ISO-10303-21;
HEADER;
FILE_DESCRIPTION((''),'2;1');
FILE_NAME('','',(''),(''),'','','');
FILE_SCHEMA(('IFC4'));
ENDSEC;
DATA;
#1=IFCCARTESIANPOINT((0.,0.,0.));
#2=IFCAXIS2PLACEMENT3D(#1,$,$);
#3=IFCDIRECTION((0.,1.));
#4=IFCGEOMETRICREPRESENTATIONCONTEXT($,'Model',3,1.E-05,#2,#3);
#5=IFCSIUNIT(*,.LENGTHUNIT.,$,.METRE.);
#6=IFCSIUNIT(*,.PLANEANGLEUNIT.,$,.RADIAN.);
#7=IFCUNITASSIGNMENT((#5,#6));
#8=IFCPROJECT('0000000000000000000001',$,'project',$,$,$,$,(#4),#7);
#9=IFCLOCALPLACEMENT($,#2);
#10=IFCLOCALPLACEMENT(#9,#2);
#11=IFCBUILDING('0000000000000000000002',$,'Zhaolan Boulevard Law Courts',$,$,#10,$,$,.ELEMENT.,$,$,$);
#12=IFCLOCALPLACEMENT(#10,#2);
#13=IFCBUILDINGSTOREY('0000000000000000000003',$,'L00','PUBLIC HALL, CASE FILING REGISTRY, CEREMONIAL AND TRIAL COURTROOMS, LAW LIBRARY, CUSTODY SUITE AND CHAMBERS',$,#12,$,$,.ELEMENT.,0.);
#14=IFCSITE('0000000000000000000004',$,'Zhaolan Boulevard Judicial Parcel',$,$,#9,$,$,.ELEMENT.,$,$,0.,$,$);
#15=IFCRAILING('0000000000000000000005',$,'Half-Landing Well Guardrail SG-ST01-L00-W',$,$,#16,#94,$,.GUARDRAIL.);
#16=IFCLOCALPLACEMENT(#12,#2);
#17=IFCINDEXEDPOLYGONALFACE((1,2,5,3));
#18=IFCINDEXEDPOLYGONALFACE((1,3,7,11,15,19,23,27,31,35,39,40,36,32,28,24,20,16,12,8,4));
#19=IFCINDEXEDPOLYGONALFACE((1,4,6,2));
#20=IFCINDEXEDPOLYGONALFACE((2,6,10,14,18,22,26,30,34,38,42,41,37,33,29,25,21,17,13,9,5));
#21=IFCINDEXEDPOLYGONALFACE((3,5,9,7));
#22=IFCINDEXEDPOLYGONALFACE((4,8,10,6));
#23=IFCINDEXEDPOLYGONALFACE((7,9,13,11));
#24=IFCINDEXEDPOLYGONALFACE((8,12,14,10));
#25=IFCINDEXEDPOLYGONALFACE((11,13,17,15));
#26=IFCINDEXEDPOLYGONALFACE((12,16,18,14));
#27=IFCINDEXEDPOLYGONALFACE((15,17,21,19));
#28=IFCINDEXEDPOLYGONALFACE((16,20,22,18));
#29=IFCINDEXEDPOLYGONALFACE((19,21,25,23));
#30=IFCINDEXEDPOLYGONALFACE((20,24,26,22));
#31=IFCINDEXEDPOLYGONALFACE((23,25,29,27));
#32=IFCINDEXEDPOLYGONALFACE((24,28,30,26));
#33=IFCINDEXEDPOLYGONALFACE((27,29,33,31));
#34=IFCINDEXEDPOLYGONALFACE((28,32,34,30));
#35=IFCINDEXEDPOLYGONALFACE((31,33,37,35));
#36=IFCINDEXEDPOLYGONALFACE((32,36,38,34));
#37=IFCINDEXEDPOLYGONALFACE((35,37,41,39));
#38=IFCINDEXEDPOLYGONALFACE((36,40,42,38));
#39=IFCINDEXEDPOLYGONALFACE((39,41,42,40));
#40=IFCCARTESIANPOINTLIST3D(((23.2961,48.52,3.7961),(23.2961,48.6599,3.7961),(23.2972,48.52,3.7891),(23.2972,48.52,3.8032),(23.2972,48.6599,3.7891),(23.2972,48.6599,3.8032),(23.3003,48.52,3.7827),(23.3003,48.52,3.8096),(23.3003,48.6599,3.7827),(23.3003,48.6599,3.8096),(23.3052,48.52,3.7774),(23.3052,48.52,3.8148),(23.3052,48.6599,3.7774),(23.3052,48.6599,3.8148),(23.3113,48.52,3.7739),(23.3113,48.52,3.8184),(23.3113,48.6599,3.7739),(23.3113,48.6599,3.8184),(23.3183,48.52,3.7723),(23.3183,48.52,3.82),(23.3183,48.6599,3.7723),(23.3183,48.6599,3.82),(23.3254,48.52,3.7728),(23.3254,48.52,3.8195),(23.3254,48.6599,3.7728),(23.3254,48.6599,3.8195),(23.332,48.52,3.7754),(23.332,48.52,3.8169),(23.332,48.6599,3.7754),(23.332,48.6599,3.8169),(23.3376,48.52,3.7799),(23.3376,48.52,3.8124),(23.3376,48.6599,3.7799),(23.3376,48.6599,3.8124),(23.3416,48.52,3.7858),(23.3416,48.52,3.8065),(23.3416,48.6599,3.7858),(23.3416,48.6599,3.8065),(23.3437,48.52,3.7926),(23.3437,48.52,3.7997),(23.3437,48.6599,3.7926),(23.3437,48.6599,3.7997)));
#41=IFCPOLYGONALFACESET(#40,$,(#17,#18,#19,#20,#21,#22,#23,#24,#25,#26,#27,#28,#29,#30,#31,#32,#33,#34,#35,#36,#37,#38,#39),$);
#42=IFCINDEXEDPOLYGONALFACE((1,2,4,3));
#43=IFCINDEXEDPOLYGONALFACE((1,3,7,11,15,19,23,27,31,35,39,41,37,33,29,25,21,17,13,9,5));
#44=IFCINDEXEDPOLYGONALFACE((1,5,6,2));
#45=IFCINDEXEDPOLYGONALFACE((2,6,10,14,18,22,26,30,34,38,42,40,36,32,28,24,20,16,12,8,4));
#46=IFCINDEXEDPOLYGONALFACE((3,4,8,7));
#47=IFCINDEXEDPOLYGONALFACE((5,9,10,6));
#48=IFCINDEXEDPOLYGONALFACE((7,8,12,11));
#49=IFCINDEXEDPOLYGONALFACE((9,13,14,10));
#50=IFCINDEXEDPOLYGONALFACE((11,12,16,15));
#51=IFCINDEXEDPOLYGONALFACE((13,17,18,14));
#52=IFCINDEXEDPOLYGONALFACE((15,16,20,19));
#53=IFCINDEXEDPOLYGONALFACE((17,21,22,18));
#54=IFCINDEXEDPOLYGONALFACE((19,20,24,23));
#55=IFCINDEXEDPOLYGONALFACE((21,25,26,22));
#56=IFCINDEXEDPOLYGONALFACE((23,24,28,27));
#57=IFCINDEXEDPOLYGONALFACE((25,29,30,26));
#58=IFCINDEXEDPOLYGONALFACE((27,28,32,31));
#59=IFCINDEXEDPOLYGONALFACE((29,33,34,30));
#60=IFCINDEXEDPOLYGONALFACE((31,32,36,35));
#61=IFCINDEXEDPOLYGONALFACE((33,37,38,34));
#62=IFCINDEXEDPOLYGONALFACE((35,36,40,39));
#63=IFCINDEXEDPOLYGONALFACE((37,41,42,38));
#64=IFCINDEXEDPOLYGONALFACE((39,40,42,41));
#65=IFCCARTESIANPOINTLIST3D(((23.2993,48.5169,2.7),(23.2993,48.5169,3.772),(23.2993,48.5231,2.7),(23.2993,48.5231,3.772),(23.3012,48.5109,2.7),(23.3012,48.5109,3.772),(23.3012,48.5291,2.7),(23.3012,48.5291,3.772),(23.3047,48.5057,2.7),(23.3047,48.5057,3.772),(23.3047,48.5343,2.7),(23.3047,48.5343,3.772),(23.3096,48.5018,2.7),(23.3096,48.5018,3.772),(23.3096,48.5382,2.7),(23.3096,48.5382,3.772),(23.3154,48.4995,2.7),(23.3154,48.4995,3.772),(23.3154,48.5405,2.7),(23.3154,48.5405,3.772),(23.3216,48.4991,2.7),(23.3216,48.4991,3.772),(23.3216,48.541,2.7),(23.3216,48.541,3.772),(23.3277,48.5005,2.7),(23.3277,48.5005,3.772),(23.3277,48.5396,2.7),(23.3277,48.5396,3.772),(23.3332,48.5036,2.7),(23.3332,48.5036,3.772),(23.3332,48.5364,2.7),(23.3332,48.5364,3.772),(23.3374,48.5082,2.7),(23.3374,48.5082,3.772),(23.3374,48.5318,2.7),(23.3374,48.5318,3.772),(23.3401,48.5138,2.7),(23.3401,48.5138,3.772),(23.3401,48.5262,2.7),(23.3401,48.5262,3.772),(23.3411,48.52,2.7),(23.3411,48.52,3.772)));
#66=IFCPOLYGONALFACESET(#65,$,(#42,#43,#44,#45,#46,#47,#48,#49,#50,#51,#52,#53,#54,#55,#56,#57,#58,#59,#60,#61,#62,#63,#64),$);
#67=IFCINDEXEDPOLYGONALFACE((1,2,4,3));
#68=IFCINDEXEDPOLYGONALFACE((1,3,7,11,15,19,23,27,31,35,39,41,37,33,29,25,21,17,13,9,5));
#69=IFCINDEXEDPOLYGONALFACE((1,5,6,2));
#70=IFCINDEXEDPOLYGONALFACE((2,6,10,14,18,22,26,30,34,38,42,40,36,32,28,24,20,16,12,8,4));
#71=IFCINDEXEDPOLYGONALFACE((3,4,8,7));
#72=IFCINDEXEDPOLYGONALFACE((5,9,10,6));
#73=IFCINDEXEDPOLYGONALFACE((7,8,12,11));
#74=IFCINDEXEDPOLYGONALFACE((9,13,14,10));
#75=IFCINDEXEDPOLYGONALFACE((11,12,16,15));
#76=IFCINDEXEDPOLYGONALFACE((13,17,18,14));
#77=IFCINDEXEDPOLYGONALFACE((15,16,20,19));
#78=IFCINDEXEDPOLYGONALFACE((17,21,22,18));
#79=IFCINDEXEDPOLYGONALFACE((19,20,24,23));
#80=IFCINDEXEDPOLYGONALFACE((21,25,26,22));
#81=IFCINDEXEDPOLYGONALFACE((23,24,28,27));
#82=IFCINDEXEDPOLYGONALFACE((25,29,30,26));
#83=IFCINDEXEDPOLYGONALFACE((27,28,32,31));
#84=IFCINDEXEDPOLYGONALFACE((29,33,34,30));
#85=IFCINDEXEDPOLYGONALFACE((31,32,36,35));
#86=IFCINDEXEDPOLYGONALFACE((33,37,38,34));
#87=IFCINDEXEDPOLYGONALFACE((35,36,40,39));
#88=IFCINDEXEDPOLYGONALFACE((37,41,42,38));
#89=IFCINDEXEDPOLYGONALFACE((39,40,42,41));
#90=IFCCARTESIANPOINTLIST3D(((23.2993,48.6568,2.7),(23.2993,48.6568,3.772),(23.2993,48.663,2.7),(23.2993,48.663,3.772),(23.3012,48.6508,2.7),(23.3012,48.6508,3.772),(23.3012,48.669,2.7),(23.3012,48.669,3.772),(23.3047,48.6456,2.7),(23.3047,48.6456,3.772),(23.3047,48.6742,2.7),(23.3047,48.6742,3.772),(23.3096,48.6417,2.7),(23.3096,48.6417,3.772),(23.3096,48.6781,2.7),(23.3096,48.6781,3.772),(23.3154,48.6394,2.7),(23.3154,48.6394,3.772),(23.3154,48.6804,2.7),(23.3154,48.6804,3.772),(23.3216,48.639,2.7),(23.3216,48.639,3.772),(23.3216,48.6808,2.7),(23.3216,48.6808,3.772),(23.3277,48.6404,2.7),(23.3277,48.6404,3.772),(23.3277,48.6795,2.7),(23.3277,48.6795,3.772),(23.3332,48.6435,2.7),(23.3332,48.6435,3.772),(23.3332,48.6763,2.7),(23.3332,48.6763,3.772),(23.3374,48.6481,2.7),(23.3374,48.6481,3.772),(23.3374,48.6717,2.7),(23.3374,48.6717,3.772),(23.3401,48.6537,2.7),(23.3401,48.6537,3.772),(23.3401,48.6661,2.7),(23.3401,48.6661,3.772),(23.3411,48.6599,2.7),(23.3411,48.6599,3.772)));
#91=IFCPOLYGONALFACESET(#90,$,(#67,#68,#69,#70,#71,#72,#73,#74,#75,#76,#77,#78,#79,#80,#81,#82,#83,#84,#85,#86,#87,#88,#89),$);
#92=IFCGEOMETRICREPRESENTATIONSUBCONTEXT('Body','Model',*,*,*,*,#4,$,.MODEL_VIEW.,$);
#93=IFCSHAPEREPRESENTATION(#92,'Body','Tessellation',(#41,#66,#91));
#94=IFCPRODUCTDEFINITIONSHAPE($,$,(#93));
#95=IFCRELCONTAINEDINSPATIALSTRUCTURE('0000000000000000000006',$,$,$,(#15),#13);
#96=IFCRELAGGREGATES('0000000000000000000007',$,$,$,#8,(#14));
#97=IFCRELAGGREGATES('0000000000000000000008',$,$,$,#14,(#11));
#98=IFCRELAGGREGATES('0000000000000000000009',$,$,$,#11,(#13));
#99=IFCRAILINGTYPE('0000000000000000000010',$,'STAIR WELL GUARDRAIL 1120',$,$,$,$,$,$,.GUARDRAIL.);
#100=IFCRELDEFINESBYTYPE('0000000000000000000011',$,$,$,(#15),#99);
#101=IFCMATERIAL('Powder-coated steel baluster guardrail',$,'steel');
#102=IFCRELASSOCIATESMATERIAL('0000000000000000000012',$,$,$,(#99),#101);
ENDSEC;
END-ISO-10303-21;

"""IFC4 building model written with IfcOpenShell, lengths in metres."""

from ifc_helpers import new_model, si_unit, direction, frame, origin, origin_2d, place, context, subcontext, project, spatial, circle, extrude, material, type_object, element, save


model = new_model("IFC4")

# Units and contexts
model_context = context("Model", 3, precision=1e-05, world=origin(), true_north=direction((0.0, 1.0)))
body_context = subcontext(model_context, "Body", "Model", "MODEL_VIEW")
ifc_project = project(units=[si_unit("LENGTHUNIT", "METRE"), si_unit("PLANEANGLEUNIT", "RADIAN")], contexts=[model_context])

# Site, building, storey
site_placement = place(None, origin())
site = spatial("IfcSite", under=ifc_project, at=site_placement, Name="Zhaolan Boulevard Judicial Parcel", CompositionType="ELEMENT", RefElevation=0.0)
building_placement = place(site_placement, origin())
building = spatial("IfcBuilding", under=site, at=building_placement, Name="Zhaolan Boulevard Law Courts", CompositionType="ELEMENT")
storey_placement = place(building_placement, origin())
storey = spatial("IfcBuildingStorey", under=building, at=storey_placement, Name="L00", Description="PUBLIC HALL, CASE FILING REGISTRY, CEREMONIAL AND TRIAL COURTROOMS, LAW LIBRARY, CUSTODY SUITE AND CHAMBERS", CompositionType="ELEMENT", Elevation=0.0)

# Railing
ifc_material_1 = material(Name="Powder-coated steel baluster guardrail", Category="steel")
railing_type_1 = type_object("IfcRailingType", Name="STAIR WELL GUARDRAIL 1120", PredefinedType="GUARDRAIL", material=ifc_material_1)
railing_1_placement = place(storey_placement, frame((23.3201, 48.52, 2.7)))
element("IfcRailing", 1, at=railing_1_placement, inside=storey, type_object=railing_type_1, Name="Half-Landing Well Guardrail SG-ST01-L00-W", PredefinedType="GUARDRAIL", context=body_context, shape_type="SweptSolid", body=[
    extrude(circle(Radius=0.0239, at=origin_2d()), frame((0.0, 0.0, 1.0962), z_axis=(0.0, 1.0, 0.0), x_axis=(-1.0, 0.0, 0.0)), (0.0, 0.0, 1.0), 0.1399),
    extrude(circle(Radius=0.021, at=origin_2d()), origin(), (0.0, 0.0, 1.0), 1.072),
    extrude(circle(Radius=0.021, at=origin_2d()), frame((0.0, 0.1399, 0.0)), (0.0, 0.0, 1.0), 1.072),
])

save(model, "model.ifc")
